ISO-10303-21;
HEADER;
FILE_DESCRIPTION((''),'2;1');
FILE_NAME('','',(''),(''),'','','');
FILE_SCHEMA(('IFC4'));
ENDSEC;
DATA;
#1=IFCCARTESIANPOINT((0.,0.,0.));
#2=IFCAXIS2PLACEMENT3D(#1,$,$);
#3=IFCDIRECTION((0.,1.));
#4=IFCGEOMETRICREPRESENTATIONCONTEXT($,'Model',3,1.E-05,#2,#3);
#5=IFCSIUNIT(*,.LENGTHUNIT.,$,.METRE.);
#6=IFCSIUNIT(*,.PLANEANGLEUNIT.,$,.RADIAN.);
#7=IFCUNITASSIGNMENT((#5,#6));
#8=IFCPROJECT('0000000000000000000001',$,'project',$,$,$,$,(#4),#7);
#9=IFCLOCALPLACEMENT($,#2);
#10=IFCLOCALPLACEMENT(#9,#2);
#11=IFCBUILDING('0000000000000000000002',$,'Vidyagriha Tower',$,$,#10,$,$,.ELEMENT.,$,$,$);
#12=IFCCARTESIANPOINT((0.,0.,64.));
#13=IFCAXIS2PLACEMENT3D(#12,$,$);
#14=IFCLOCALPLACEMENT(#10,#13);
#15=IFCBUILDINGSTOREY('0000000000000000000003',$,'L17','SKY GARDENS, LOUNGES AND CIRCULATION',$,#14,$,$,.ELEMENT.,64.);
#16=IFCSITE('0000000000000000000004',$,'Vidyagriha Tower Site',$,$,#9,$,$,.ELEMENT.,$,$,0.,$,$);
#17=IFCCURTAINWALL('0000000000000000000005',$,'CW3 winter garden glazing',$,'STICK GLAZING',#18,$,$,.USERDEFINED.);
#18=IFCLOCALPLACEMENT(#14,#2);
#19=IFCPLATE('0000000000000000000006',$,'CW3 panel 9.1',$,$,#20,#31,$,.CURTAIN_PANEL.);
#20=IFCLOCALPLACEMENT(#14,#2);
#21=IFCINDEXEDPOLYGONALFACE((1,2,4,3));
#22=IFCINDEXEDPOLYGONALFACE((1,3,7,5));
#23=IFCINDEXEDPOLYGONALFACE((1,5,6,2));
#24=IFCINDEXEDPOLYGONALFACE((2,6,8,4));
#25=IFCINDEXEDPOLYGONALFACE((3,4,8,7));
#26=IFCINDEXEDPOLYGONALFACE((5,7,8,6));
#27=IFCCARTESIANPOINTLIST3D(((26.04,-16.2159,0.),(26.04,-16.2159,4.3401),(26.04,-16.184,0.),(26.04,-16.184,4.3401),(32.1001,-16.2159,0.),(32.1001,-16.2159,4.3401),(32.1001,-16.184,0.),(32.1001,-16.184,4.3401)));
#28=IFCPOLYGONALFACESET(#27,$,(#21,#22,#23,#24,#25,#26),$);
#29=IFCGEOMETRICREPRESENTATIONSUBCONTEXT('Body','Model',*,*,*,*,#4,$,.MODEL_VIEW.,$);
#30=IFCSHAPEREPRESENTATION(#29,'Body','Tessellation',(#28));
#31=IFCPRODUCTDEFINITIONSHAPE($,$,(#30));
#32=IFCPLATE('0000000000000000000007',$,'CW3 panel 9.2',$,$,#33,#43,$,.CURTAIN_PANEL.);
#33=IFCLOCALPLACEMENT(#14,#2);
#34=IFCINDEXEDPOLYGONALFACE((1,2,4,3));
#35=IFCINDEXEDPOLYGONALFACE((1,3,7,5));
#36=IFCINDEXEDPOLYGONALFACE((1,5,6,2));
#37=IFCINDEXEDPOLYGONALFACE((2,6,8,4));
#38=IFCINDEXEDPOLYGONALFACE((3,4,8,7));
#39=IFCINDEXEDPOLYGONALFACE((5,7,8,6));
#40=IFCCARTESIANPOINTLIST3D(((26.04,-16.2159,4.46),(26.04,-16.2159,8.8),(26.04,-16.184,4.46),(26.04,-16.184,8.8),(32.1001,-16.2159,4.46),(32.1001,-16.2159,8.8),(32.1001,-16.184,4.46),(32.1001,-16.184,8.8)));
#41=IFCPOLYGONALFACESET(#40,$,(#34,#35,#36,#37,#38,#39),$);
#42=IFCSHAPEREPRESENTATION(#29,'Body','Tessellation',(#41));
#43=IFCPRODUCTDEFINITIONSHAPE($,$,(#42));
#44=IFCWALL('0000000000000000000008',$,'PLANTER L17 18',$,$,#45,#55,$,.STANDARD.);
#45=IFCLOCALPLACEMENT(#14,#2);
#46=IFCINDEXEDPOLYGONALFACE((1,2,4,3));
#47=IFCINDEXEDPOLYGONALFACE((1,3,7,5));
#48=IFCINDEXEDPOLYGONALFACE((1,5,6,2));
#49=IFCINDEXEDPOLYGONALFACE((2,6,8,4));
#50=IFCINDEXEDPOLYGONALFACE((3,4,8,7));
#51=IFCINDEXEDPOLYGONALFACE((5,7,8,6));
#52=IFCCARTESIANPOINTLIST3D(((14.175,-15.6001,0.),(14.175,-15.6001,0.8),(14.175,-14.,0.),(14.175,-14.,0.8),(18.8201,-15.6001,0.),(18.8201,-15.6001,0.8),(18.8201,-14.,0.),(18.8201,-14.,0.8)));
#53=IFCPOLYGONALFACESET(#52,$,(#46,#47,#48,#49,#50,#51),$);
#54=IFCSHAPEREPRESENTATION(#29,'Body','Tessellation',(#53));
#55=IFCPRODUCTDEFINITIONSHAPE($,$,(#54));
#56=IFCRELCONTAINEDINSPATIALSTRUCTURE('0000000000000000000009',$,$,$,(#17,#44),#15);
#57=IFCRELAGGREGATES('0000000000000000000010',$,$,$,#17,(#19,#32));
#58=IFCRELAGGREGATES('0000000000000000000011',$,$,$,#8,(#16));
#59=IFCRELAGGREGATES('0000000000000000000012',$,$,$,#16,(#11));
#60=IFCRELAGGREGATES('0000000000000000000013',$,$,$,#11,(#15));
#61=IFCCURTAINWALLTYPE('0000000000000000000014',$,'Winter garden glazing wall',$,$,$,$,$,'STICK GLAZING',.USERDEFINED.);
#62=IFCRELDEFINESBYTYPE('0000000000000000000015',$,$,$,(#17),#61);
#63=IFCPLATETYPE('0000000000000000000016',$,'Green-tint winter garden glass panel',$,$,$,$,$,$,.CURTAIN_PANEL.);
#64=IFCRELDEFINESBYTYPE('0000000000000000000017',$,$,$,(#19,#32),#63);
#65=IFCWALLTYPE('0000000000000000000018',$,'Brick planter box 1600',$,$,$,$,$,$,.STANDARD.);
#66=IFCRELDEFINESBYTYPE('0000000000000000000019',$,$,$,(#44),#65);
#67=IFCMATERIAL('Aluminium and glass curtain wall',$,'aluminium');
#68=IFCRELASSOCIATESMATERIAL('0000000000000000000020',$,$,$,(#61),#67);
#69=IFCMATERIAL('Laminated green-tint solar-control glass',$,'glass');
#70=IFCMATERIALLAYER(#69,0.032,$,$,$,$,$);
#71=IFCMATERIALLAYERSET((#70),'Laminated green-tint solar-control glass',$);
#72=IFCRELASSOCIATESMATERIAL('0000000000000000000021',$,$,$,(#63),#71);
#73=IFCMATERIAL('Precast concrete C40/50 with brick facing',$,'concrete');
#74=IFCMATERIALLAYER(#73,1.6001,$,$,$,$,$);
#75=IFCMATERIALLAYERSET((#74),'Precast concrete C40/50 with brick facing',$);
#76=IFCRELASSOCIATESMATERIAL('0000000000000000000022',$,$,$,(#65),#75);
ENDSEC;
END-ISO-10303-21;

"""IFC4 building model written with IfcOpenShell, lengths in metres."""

from ifc_helpers import new_model, si_unit, direction, frame, frame_2d, origin, origin_2d, place, context, subcontext, project, spatial, rectangle, extrude, material, layer, layer_set, type_object, element, aggregate, save


model = new_model("IFC4")

# Units and contexts
model_context = context("Model", 3, precision=1e-05, world=origin(), true_north=direction((0.0, 1.0)))
body_context = subcontext(model_context, "Body", "Model", "MODEL_VIEW")
ifc_project = project(units=[si_unit("LENGTHUNIT", "METRE"), si_unit("PLANEANGLEUNIT", "RADIAN")], contexts=[model_context])

# Site, building, storey
site_placement = place(None, origin())
site = spatial("IfcSite", under=ifc_project, at=site_placement, Name="Vidyagriha Tower Site", CompositionType="ELEMENT", RefElevation=0.0)
building_placement = place(site_placement, origin())
building = spatial("IfcBuilding", under=site, at=building_placement, Name="Vidyagriha Tower", CompositionType="ELEMENT")
storey_placement = place(building_placement, frame((0.0, 0.0, 64.0)))
storey = spatial("IfcBuildingStorey", under=building, at=storey_placement, Name="L17", Description="SKY GARDENS, LOUNGES AND CIRCULATION", CompositionType="ELEMENT", Elevation=64.0)

# Curtain wall, plates
ifc_material_1 = material(Name="Aluminium and glass curtain wall", Category="aluminium")
curtain_wall_type = type_object("IfcCurtainWallType", Name="Winter garden glazing wall", ElementType="STICK GLAZING", PredefinedType="USERDEFINED", material=ifc_material_1)
curtain_wall_placement = place(storey_placement, origin())
curtain_wall = element("IfcCurtainWall", 1, at=curtain_wall_placement, inside=storey, type_object=curtain_wall_type, Name="CW3 winter garden glazing", ObjectType="STICK GLAZING", PredefinedType="USERDEFINED")
ifc_material_2 = material(Name="Laminated green-tint solar-control glass", Category="glass")
ifc_layer_1 = layer(ifc_material_2, 0.032)
ifc_layer_set_1 = layer_set([ifc_layer_1], Name="Laminated green-tint solar-control glass")
plate_type = type_object("IfcPlateType", Name="Green-tint winter garden glass panel", PredefinedType="CURTAIN_PANEL", material=ifc_layer_set_1)
plate_1_placement = place(storey_placement, frame((29.0701, -16.2, 0.0)))
plate_1 = element("IfcPlate", 2, at=plate_1_placement, type_object=plate_type, Name="CW3 panel 9.1", PredefinedType="CURTAIN_PANEL", context=body_context, shape_type="SweptSolid", body=[
    extrude(rectangle(XDim=6.0601, YDim=0.032, at=origin_2d()), origin(), (0.0, 0.0, 1.0), 4.3401),
])
plate_2_placement = place(storey_placement, frame((29.0701, -16.2, 4.46)))
plate_2 = element("IfcPlate", 3, at=plate_2_placement, type_object=plate_type, Name="CW3 panel 9.2", PredefinedType="CURTAIN_PANEL", context=body_context, shape_type="SweptSolid", body=[
    extrude(rectangle(XDim=6.0601, YDim=0.032, at=origin_2d()), origin(), (0.0, 0.0, 1.0), 4.3401),
])
aggregate(curtain_wall, [plate_1, plate_2])

# Wall
ifc_material_3 = material(Name="Precast concrete C40/50 with brick facing", Category="concrete")
ifc_layer_2 = layer(ifc_material_3, 1.6001)
ifc_layer_set_2 = layer_set([ifc_layer_2], Name="Precast concrete C40/50 with brick facing")
wall_type = type_object("IfcWallType", Name="Brick planter box 1600", PredefinedType="STANDARD", material=ifc_layer_set_2)
wall_placement = place(storey_placement, frame((14.175, -14.8, 0.0)))
element("IfcWall", 4, at=wall_placement, inside=storey, type_object=wall_type, Name="PLANTER L17 18", PredefinedType="STANDARD", context=body_context, shape_type="SweptSolid", body=[
    extrude(rectangle(XDim=4.645, YDim=1.6001, at=frame_2d((2.3225, 0.0))), origin(), (0.0, 0.0, 1.0), 0.8),
])

save(model, "model.ifc")
